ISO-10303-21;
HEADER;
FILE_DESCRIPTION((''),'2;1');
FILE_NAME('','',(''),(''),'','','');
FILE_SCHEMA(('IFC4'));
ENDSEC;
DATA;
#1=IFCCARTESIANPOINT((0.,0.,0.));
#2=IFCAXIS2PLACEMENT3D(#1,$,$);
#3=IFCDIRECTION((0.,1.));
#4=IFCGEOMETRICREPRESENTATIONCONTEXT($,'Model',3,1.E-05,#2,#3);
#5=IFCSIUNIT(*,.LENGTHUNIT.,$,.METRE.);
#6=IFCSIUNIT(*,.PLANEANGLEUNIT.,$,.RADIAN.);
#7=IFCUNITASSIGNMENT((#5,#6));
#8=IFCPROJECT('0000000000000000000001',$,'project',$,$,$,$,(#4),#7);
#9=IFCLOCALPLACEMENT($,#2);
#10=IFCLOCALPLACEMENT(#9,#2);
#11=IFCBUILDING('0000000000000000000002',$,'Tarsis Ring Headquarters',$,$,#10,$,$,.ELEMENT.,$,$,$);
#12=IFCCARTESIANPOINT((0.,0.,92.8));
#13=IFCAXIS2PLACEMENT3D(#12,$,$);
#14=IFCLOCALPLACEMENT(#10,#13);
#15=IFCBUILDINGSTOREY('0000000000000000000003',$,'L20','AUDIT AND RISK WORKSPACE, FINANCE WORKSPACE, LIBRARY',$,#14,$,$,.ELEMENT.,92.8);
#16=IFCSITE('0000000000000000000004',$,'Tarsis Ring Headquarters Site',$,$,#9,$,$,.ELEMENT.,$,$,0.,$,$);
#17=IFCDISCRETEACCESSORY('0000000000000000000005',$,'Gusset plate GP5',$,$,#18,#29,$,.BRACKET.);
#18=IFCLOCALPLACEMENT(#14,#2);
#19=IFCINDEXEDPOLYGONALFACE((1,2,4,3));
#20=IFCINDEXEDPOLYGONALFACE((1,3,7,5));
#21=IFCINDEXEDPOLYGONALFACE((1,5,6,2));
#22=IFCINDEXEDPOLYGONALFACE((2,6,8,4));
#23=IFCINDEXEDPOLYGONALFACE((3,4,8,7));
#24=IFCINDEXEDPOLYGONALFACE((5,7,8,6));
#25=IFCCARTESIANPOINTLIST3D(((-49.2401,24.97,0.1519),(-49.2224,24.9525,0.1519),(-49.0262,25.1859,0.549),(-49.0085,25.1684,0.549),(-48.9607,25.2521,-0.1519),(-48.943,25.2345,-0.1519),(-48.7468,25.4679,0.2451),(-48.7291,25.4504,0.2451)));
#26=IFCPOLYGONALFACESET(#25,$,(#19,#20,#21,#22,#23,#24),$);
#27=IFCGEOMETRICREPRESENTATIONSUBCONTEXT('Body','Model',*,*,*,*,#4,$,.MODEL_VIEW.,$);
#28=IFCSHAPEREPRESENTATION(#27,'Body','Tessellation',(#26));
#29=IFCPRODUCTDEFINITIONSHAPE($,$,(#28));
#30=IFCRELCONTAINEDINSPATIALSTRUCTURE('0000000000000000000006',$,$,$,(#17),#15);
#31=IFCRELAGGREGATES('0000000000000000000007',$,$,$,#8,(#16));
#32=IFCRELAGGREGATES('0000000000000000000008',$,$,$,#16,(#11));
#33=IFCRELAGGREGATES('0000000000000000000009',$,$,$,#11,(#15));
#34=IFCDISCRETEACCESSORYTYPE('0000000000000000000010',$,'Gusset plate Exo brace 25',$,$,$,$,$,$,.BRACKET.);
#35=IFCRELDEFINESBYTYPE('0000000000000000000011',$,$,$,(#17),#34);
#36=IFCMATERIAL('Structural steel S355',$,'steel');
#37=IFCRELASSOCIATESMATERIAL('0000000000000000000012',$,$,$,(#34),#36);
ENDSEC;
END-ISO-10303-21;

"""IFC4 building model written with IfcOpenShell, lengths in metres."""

from ifc_helpers import new_model, si_unit, direction, frame, origin, origin_2d, place, context, subcontext, project, spatial, rectangle, extrude, material, material_profile, profile_set, type_object, element, save


model = new_model("IFC4")

# Units and contexts
model_context = context("Model", 3, precision=1e-05, world=origin(), true_north=direction((0.0, 1.0)))
body_context = subcontext(model_context, "Body", "Model", "MODEL_VIEW")
ifc_project = project(units=[si_unit("LENGTHUNIT", "METRE"), si_unit("PLANEANGLEUNIT", "RADIAN")], contexts=[model_context])

# Site, building, storey
site_placement = place(None, origin())
site = spatial("IfcSite", under=ifc_project, at=site_placement, Name="Tarsis Ring Headquarters Site", CompositionType="ELEMENT", RefElevation=0.0)
building_placement = place(site_placement, origin())
building = spatial("IfcBuilding", under=site, at=building_placement, Name="Tarsis Ring Headquarters", CompositionType="ELEMENT")
storey_placement = place(building_placement, frame((0.0, 0.0, 92.8)))
storey = spatial("IfcBuildingStorey", under=building, at=storey_placement, Name="L20", Description="AUDIT AND RISK WORKSPACE, FINANCE WORKSPACE, LIBRARY", CompositionType="ELEMENT", Elevation=92.8)

# Shared definitions
ifc_material_1 = material(Name="Structural steel S355", Category="steel")

# Discrete accessory
ifc_material_profile_1 = material_profile(ifc_material_1, rectangle(XDim=0.0249, YDim=0.5, at=origin_2d()), Name="PL 25x500")
ifc_profile_set_1 = profile_set([ifc_material_profile_1], Name="Structural steel S355")
discrete_accessory_type = type_object("IfcDiscreteAccessoryType", Name="Gusset plate Exo brace 25", PredefinedType="BRACKET", material=ifc_profile_set_1)
discrete_accessory_placement = place(storey_placement, frame((-49.0916, 25.1023, 0.0), z_axis=(0.427816, 0.431723, 0.794096), x_axis=(-0.710314, 0.703885, 0.0)))
element("IfcDiscreteAccessory", 1, at=discrete_accessory_placement, inside=storey, type_object=discrete_accessory_type, Name="Gusset plate GP5", PredefinedType="BRACKET", context=body_context, shape_type="SweptSolid", body=[
    extrude(rectangle(XDim=0.0249, YDim=0.5, at=origin_2d()), origin(), (0.0, 0.0, 1.0), 0.5),
])

save(model, "model.ifc")
